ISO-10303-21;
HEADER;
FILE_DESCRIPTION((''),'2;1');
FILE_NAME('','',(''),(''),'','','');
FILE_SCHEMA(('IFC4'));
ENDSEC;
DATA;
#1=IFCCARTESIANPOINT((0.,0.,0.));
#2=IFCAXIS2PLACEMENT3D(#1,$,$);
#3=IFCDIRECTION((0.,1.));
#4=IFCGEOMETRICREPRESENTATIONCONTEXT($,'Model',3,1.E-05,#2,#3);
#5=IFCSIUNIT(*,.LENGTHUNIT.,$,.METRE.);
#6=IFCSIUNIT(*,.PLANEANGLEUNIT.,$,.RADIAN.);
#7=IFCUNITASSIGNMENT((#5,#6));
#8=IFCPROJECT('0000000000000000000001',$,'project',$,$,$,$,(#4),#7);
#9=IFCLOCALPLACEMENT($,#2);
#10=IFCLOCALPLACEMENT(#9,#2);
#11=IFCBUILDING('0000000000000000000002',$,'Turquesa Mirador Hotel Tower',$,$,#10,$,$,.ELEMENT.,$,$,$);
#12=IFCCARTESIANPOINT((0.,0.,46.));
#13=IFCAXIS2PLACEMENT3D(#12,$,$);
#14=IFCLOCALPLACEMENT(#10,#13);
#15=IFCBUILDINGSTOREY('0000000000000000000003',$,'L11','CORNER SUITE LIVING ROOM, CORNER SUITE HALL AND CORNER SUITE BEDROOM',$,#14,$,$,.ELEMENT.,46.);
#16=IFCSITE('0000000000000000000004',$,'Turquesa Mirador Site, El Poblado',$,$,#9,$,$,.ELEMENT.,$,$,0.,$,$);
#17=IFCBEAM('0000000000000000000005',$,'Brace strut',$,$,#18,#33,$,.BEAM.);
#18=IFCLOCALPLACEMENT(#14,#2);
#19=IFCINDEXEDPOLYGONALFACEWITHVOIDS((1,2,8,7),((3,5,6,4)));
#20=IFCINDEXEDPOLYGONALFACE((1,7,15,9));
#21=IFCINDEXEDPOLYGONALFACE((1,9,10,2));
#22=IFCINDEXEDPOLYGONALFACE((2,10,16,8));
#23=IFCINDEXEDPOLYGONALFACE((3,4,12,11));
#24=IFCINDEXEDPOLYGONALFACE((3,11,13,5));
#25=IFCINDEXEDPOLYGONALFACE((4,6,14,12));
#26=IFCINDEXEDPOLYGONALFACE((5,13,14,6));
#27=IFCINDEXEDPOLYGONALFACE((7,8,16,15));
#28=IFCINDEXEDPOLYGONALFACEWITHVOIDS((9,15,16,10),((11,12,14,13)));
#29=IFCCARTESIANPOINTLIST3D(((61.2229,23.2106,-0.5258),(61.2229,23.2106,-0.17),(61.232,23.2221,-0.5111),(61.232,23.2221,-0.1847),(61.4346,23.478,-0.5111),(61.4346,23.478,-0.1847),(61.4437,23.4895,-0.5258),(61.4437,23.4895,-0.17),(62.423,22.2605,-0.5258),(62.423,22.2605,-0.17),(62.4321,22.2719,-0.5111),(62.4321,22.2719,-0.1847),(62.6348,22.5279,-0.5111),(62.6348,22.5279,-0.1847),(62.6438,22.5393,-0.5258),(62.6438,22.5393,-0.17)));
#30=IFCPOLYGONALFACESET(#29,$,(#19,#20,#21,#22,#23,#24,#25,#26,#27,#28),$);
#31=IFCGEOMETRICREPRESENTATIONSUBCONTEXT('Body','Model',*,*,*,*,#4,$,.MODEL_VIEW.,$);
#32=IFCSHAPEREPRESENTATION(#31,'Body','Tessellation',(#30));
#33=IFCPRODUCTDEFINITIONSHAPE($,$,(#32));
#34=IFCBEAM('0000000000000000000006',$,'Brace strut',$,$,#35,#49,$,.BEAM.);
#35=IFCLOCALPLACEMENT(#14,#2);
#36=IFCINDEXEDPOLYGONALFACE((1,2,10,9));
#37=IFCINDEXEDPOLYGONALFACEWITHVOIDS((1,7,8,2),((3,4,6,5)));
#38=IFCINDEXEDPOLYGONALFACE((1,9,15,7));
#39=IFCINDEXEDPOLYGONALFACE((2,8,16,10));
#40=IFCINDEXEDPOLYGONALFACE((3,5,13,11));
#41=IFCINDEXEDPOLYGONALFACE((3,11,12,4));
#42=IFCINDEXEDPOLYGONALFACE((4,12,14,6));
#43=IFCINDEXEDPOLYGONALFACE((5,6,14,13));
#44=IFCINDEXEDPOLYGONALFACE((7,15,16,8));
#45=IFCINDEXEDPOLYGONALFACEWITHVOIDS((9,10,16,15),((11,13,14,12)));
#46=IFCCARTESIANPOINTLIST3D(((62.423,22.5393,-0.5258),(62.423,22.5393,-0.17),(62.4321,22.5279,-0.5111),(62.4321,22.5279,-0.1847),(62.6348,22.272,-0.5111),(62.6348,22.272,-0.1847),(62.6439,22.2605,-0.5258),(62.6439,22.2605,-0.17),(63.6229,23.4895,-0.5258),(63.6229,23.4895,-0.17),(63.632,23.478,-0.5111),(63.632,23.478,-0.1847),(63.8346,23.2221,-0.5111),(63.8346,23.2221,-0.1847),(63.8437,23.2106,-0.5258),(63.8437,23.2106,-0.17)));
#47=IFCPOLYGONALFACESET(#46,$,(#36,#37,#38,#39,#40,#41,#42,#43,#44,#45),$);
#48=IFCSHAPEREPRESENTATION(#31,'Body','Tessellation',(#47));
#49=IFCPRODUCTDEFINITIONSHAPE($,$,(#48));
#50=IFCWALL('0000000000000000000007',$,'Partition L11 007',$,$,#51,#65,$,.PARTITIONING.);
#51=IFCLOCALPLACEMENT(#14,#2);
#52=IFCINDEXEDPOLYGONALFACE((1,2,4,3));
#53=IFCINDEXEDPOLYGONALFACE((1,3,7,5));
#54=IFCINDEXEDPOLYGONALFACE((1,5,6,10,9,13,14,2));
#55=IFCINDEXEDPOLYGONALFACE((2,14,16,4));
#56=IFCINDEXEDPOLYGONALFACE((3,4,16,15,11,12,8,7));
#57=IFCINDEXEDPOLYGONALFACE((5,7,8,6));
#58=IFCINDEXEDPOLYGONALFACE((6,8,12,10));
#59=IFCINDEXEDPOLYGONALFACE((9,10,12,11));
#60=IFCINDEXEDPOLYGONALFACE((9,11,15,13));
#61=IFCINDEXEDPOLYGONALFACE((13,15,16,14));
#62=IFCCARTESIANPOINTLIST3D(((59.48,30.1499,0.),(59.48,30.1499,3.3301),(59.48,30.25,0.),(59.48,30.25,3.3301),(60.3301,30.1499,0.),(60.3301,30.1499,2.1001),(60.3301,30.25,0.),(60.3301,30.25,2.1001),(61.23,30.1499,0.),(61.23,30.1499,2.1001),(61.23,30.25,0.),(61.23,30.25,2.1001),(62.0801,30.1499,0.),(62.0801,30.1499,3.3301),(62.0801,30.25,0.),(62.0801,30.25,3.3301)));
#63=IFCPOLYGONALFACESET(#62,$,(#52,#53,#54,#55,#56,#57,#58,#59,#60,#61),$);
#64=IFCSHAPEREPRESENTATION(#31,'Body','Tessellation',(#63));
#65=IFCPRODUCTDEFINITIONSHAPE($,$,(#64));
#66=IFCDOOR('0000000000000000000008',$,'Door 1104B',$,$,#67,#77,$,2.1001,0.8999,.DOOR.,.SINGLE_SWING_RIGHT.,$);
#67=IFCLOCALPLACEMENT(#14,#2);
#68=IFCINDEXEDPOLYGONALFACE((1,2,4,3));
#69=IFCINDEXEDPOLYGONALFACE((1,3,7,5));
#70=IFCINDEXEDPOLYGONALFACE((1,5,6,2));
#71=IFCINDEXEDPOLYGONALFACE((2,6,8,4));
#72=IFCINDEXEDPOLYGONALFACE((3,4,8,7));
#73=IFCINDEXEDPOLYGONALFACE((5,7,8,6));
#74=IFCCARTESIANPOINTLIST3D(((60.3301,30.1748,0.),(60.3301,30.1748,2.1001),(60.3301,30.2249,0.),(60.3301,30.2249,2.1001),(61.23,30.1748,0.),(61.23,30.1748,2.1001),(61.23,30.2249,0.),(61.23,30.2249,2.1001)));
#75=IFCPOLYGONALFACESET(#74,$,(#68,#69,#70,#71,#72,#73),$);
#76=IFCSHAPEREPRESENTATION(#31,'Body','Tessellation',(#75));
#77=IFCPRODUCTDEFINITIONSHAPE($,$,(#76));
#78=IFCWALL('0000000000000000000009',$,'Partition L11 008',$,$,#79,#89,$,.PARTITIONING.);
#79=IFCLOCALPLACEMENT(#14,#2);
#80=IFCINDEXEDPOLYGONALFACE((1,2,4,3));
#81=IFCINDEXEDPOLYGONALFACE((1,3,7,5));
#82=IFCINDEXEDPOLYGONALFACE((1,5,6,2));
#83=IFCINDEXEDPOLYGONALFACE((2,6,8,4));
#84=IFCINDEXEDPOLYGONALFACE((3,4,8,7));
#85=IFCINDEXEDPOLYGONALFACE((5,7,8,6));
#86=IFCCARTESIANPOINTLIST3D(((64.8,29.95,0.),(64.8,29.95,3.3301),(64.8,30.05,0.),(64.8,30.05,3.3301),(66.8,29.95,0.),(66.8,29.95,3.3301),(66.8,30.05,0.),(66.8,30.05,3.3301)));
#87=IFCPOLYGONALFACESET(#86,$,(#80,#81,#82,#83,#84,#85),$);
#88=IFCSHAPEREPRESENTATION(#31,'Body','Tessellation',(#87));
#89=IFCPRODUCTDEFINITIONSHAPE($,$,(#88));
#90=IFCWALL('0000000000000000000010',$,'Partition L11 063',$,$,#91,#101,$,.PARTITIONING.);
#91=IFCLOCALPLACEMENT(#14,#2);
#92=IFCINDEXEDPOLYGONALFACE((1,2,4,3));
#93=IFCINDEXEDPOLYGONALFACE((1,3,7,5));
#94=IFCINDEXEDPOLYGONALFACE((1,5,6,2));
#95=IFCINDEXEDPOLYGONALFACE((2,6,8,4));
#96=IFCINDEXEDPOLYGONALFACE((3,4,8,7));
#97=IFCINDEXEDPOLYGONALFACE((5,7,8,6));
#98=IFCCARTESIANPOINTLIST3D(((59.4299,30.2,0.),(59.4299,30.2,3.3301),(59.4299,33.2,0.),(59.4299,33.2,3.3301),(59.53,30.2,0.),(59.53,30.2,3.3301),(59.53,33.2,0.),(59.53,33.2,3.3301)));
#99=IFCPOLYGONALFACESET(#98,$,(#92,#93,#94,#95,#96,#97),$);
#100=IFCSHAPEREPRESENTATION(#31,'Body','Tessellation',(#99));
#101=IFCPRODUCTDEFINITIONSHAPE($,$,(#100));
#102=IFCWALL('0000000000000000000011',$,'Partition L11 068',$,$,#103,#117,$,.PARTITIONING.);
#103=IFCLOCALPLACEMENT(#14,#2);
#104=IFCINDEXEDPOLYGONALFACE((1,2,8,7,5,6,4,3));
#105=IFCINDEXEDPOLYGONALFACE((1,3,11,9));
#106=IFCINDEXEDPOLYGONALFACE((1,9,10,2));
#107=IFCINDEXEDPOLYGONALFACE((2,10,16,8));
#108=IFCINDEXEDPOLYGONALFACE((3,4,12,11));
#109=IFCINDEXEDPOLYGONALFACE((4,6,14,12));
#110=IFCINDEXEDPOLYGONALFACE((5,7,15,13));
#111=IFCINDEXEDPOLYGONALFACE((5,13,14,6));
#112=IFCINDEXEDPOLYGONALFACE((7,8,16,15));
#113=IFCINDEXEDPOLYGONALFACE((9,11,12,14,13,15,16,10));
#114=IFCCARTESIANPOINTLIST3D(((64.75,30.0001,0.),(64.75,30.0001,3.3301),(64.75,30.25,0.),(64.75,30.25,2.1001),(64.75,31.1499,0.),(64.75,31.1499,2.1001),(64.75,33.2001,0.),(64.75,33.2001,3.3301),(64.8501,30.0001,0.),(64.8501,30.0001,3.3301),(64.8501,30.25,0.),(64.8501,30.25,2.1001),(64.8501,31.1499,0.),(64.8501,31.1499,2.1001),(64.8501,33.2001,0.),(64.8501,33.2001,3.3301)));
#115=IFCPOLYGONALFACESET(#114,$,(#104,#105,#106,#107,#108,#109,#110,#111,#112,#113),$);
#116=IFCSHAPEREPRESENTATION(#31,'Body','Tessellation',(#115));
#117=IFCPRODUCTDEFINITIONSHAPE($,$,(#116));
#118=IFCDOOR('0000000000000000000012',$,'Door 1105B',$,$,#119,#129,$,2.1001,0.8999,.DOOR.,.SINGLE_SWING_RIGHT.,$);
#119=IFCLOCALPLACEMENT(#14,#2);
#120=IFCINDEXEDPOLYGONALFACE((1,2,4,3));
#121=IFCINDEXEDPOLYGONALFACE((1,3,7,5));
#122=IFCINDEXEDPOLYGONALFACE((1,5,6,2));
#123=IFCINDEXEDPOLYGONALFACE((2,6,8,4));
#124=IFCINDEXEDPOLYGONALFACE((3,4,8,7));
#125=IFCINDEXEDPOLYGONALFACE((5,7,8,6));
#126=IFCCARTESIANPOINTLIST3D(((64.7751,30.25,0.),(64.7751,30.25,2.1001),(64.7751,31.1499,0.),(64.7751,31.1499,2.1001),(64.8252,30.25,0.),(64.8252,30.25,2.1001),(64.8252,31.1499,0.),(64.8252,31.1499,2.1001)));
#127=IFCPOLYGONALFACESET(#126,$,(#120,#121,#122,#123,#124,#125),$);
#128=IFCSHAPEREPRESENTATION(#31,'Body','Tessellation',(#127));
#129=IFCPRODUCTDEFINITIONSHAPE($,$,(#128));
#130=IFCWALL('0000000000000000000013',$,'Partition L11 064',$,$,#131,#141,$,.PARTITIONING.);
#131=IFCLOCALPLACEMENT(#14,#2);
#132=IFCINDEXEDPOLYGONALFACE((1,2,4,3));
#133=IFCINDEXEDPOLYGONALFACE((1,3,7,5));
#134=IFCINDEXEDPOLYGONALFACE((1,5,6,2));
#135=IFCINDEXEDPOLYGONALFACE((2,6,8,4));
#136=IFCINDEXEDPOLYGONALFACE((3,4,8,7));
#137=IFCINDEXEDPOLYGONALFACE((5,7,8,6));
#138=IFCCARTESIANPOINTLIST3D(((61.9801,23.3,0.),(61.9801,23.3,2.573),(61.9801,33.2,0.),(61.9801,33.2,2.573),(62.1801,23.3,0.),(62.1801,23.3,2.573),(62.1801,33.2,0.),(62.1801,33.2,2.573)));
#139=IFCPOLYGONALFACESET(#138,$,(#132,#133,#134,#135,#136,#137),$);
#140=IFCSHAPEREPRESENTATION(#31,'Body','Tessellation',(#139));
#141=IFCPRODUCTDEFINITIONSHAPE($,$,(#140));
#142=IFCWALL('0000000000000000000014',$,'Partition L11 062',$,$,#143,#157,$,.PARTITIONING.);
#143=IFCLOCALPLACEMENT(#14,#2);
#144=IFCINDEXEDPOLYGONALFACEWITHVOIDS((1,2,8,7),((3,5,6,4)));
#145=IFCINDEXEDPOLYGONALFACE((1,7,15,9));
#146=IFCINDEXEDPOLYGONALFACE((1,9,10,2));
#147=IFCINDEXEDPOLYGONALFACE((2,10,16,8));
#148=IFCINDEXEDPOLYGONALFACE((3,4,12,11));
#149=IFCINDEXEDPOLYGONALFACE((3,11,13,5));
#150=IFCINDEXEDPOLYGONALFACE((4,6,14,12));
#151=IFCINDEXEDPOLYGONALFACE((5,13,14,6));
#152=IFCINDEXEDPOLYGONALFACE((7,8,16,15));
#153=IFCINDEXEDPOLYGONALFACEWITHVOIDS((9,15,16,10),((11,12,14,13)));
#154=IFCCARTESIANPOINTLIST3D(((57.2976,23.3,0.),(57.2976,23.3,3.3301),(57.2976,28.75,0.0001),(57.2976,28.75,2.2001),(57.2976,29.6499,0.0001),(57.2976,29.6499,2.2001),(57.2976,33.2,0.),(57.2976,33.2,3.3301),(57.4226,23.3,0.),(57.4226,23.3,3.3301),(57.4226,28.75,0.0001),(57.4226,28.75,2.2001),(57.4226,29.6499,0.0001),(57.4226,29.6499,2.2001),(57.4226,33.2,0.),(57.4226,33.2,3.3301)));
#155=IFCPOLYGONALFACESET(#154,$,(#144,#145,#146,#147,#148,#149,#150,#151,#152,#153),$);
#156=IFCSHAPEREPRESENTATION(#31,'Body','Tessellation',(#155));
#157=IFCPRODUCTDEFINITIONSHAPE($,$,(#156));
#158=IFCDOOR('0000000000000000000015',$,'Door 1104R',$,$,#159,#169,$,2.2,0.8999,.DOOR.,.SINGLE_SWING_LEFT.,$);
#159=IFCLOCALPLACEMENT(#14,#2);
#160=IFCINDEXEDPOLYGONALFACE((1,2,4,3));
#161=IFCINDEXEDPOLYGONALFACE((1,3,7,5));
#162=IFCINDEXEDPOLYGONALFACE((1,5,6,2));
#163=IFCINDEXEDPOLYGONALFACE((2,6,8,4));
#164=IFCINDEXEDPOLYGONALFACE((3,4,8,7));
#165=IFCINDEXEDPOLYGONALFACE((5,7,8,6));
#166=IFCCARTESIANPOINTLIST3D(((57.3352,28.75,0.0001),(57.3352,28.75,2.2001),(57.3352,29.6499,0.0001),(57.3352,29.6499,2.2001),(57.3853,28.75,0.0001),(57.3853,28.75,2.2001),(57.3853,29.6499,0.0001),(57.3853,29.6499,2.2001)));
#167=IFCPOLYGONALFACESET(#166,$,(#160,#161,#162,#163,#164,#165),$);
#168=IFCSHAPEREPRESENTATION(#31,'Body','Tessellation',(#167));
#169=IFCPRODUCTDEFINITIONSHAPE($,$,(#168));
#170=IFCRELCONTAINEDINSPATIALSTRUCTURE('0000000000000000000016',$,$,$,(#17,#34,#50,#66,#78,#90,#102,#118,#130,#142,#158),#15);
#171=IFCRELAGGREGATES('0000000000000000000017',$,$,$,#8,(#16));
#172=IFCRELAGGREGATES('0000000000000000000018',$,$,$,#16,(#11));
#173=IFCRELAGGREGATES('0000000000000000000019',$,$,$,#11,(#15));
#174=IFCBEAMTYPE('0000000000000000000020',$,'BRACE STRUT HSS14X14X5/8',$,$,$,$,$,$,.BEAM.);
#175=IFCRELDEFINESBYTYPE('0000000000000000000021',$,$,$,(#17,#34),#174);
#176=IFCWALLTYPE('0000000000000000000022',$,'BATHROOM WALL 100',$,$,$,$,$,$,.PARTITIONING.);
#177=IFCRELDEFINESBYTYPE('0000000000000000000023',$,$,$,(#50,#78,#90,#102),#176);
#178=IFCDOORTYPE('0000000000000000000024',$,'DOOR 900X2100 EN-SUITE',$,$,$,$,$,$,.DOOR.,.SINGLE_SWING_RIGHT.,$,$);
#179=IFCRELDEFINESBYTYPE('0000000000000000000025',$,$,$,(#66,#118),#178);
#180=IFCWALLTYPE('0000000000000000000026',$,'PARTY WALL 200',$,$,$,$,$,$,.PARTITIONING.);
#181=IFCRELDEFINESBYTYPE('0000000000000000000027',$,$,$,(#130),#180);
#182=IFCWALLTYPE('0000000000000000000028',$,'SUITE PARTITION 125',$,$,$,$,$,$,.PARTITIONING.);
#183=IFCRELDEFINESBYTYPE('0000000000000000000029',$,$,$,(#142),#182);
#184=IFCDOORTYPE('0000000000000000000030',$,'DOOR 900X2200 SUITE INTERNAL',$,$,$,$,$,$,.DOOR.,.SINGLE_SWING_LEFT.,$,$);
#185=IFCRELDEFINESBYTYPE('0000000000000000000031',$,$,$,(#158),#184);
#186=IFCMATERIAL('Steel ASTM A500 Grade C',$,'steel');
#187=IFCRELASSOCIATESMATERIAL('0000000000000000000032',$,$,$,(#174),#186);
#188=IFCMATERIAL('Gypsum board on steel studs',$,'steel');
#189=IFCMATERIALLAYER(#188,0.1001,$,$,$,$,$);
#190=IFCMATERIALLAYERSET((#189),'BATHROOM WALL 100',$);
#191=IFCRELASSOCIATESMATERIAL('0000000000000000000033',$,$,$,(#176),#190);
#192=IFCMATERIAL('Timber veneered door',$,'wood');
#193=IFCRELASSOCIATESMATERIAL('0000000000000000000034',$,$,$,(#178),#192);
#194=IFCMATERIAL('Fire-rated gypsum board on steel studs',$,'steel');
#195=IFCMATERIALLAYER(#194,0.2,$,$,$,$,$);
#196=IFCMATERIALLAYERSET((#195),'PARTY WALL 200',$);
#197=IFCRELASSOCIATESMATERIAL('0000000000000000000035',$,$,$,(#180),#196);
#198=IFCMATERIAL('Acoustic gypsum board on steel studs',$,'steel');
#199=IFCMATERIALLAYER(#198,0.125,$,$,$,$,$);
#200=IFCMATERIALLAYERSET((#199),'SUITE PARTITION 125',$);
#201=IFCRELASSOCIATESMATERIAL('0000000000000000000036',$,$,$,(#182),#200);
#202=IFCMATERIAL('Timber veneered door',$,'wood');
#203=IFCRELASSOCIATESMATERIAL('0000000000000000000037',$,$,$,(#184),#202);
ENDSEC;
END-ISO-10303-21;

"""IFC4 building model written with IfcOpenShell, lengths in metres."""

from ifc_helpers import new_model, si_unit, direction, frame, frame_2d, origin, origin_2d, place, context, subcontext, project, spatial, rectangle, hollow_rectangle, extrude, material, layer, layer_set, material_profile, profile_set, type_object, element, fill, save


model = new_model("IFC4")

# Units and contexts
model_context = context("Model", 3, precision=1e-05, world=origin(), true_north=direction((0.0, 1.0)))
body_context = subcontext(model_context, "Body", "Model", "MODEL_VIEW")
ifc_project = project(units=[si_unit("LENGTHUNIT", "METRE"), si_unit("PLANEANGLEUNIT", "RADIAN")], contexts=[model_context])

# Site, building, storey
site_placement = place(None, origin())
site = spatial("IfcSite", under=ifc_project, at=site_placement, Name="Turquesa Mirador Site, El Poblado", CompositionType="ELEMENT", RefElevation=0.0)
building_placement = place(site_placement, origin())
building = spatial("IfcBuilding", under=site, at=building_placement, Name="Turquesa Mirador Hotel Tower", CompositionType="ELEMENT")
storey_placement = place(building_placement, frame((0.0, 0.0, 46.0)))
storey = spatial("IfcBuildingStorey", under=building, at=storey_placement, Name="L11", Description="CORNER SUITE LIVING ROOM, CORNER SUITE HALL AND CORNER SUITE BEDROOM", CompositionType="ELEMENT", Elevation=46.0)

# Beams
ifc_material_1 = material(Name="Steel ASTM A500 Grade C", Category="steel")
ifc_material_profile_1 = material_profile(ifc_material_1, hollow_rectangle(XDim=0.3557, YDim=0.3557, WallThickness=0.0146, at=origin_2d()), Name="HSS14X14X5/8")
ifc_profile_set_1 = profile_set([ifc_material_profile_1], Name="Steel ASTM A500 Grade C")
beam_type_1 = type_object("IfcBeamType", Name="BRACE STRUT HSS14X14X5/8", PredefinedType="BEAM", material=ifc_profile_set_1)
beam_1_placement = place(storey_placement, frame((62.5334, 22.3999, -0.3479), z_axis=(-0.784033, 0.620719, 0.0), x_axis=(-0.620719, -0.784033, 0.0)))
element("IfcBeam", 1, at=beam_1_placement, inside=storey, type_object=beam_type_1, Name="Brace strut", PredefinedType="BEAM", context=body_context, shape_type="SweptSolid", body=[
    extrude(hollow_rectangle(XDim=0.3557, YDim=0.3557, WallThickness=0.0146, at=origin_2d()), origin(), (0.0, 0.0, 1.0), 1.5308),
])
beam_2_placement = place(storey_placement, frame((62.5334, 22.3999, -0.3479), z_axis=(0.783971, 0.620797, 0.0), x_axis=(-0.620797, 0.783971, 0.0)))
element("IfcBeam", 2, at=beam_2_placement, inside=storey, type_object=beam_type_1, Name="Brace strut", PredefinedType="BEAM", context=body_context, shape_type="SweptSolid", body=[
    extrude(hollow_rectangle(XDim=0.3557, YDim=0.3557, WallThickness=0.0146, at=origin_2d()), origin(), (0.0, 0.0, 1.0), 1.5305),
])

# Wall, opening, door
ifc_material_2 = material(Name="Gypsum board on steel studs", Category="steel")
ifc_layer_1 = layer(ifc_material_2, 0.1001)
ifc_layer_set_1 = layer_set([ifc_layer_1], Name="BATHROOM WALL 100")
wall_type_1 = type_object("IfcWallType", Name="BATHROOM WALL 100", PredefinedType="PARTITIONING", material=ifc_layer_set_1)
wall_1_placement = place(storey_placement, frame((59.48, 30.2, 0.0), z_axis=(0.0, 0.0, 1.0), x_axis=(1.0, 0.0, 0.0)))
wall_1 = element("IfcWall", 3, at=wall_1_placement, inside=storey, type_object=wall_type_1, Name="Partition L11 007", PredefinedType="PARTITIONING", context=body_context, shape_type="SweptSolid", body=[
    extrude(rectangle(XDim=2.6001, YDim=0.1001, at=frame_2d((1.3, 0.0))), origin(), (0.0, 0.0, 1.0), 3.3301),
])
opening_1_placement = place(wall_1_placement, frame((0.8501, 0.0, 0.0)))
opening_1 = element("IfcOpeningElement", 4, at=opening_1_placement, cuts=wall_1, PredefinedType="OPENING", context=body_context, shape_type="SweptSolid", body=[
    extrude(rectangle(XDim=0.8999, YDim=2.1001, at=frame_2d((0.45, 1.05))), frame((0.0, 0.0601, 0.0), z_axis=(0.0, -1.0, 0.0), x_axis=(1.0, 0.0, 0.0)), (0.0, 0.0, 1.0), 0.1201),
])
ifc_material_3 = material(Name="Timber veneered door", Category="wood")
door_type_1 = type_object("IfcDoorType", Name="DOOR 900X2100 EN-SUITE", OperationType="SINGLE_SWING_RIGHT", PredefinedType="DOOR", material=ifc_material_3)
door_1_placement = place(opening_1_placement, origin())
door_1 = element("IfcDoor", 5, at=door_1_placement, inside=storey, type_object=door_type_1, Name="Door 1104B", OperationType="SINGLE_SWING_RIGHT", OverallHeight=2.1001, OverallWidth=0.8999, PredefinedType="DOOR", context=body_context, shape_type="SweptSolid", body=[
    extrude(rectangle(XDim=0.8999, YDim=2.1001, at=frame_2d((0.45, 1.05))), frame((0.0, 0.0249, 0.0), z_axis=(0.0, -1.0, 0.0), x_axis=(1.0, 0.0, 0.0)), (0.0, 0.0, 1.0), 0.05),
])
fill(opening_1, door_1)

# Walls
wall_2_placement = place(storey_placement, frame((64.8, 30.0, 0.0), z_axis=(0.0, 0.0, 1.0), x_axis=(1.0, 0.0, 0.0)))
element("IfcWall", 6, at=wall_2_placement, inside=storey, type_object=wall_type_1, Name="Partition L11 008", PredefinedType="PARTITIONING", context=body_context, shape_type="SweptSolid", body=[
    extrude(rectangle(XDim=2.0, YDim=0.1001, at=frame_2d((1.0, 0.0))), origin(), (0.0, 0.0, 1.0), 3.3301),
])
wall_3_placement = place(storey_placement, frame((59.48, 30.2, 0.0), z_axis=(0.0, 0.0, 1.0), x_axis=(0.0, 1.0, 0.0)))
element("IfcWall", 7, at=wall_3_placement, inside=storey, type_object=wall_type_1, Name="Partition L11 063", PredefinedType="PARTITIONING", context=body_context, shape_type="SweptSolid", body=[
    extrude(rectangle(XDim=3.0, YDim=0.1001, at=frame_2d((1.5, 0.0))), origin(), (0.0, 0.0, 1.0), 3.3301),
])

# Wall, opening, door
wall_4_placement = place(storey_placement, frame((64.8, 30.0, 0.0), z_axis=(0.0, 0.0, 1.0), x_axis=(0.0, 1.0, 0.0)))
wall_4 = element("IfcWall", 8, at=wall_4_placement, inside=storey, type_object=wall_type_1, Name="Partition L11 068", PredefinedType="PARTITIONING", context=body_context, shape_type="SweptSolid", body=[
    extrude(rectangle(XDim=3.2, YDim=0.1001, at=frame_2d((1.6001, 0.0))), origin(), (0.0, 0.0, 1.0), 3.3301),
])
opening_2_placement = place(wall_4_placement, frame((0.25, 0.0, 0.0)))
opening_2 = element("IfcOpeningElement", 9, at=opening_2_placement, cuts=wall_4, PredefinedType="OPENING", context=body_context, shape_type="SweptSolid", body=[
    extrude(rectangle(XDim=0.8999, YDim=2.1001, at=frame_2d((0.45, 1.05))), frame((0.0, 0.0601, 0.0), z_axis=(0.0, -1.0, 0.0), x_axis=(1.0, 0.0, 0.0)), (0.0, 0.0, 1.0), 0.1201),
])
door_2_placement = place(opening_2_placement, origin())
door_2 = element("IfcDoor", 10, at=door_2_placement, inside=storey, type_object=door_type_1, Name="Door 1105B", OperationType="SINGLE_SWING_RIGHT", OverallHeight=2.1001, OverallWidth=0.8999, PredefinedType="DOOR", context=body_context, shape_type="SweptSolid", body=[
    extrude(rectangle(XDim=0.8999, YDim=2.1001, at=frame_2d((0.45, 1.05))), frame((0.0, 0.0249, 0.0), z_axis=(0.0, -1.0, 0.0), x_axis=(1.0, 0.0, 0.0)), (0.0, 0.0, 1.0), 0.05),
])
fill(opening_2, door_2)

# Wall
ifc_material_4 = material(Name="Fire-rated gypsum board on steel studs", Category="steel")
ifc_layer_2 = layer(ifc_material_4, 0.2)
ifc_layer_set_2 = layer_set([ifc_layer_2], Name="PARTY WALL 200")
wall_type_2 = type_object("IfcWallType", Name="PARTY WALL 200", PredefinedType="PARTITIONING", material=ifc_layer_set_2)
wall_5_placement = place(storey_placement, frame((62.0801, 23.3, 0.0), z_axis=(0.0, 0.0, 1.0), x_axis=(0.0, 1.0, 0.0)))
element("IfcWall", 11, at=wall_5_placement, inside=storey, type_object=wall_type_2, Name="Partition L11 064", PredefinedType="PARTITIONING", context=body_context, shape_type="SweptSolid", body=[
    extrude(rectangle(XDim=9.8999, YDim=0.2, at=frame_2d((4.95, 0.0))), origin(), (0.0, 0.0, 1.0), 2.573),
])

# Wall, opening, door
ifc_material_5 = material(Name="Acoustic gypsum board on steel studs", Category="steel")
ifc_layer_3 = layer(ifc_material_5, 0.125)
ifc_layer_set_3 = layer_set([ifc_layer_3], Name="SUITE PARTITION 125")
wall_type_3 = type_object("IfcWallType", Name="SUITE PARTITION 125", PredefinedType="PARTITIONING", material=ifc_layer_set_3)
wall_6_placement = place(storey_placement, frame((57.3601, 23.3, 0.0), z_axis=(0.0, 0.0, 1.0), x_axis=(0.0, 1.0, 0.0)))
wall_6 = element("IfcWall", 12, at=wall_6_placement, inside=storey, type_object=wall_type_3, Name="Partition L11 062", PredefinedType="PARTITIONING", context=body_context, shape_type="SweptSolid", body=[
    extrude(rectangle(XDim=9.8999, YDim=0.125, at=frame_2d((4.95, 0.0))), origin(), (0.0, 0.0, 1.0), 3.3301),
])
opening_3_placement = place(wall_6_placement, frame((5.45, 0.0, 0.0)))
opening_3 = element("IfcOpeningElement", 13, at=opening_3_placement, cuts=wall_6, PredefinedType="OPENING", context=body_context, shape_type="SweptSolid", body=[
    extrude(rectangle(XDim=0.8999, YDim=2.2, at=frame_2d((0.45, 1.1001))), frame((0.0, 0.0725, 0.0), z_axis=(0.0, -1.0, 0.0), x_axis=(1.0, 0.0, 0.0)), (0.0, 0.0, 1.0), 0.145),
])
ifc_material_6 = material(Name="Timber veneered door", Category="wood")
door_type_2 = type_object("IfcDoorType", Name="DOOR 900X2200 SUITE INTERNAL", OperationType="SINGLE_SWING_LEFT", PredefinedType="DOOR", material=ifc_material_6)
door_3_placement = place(opening_3_placement, origin())
door_3 = element("IfcDoor", 14, at=door_3_placement, inside=storey, type_object=door_type_2, Name="Door 1104R", OperationType="SINGLE_SWING_LEFT", OverallHeight=2.2, OverallWidth=0.8999, PredefinedType="DOOR", context=body_context, shape_type="SweptSolid", body=[
    extrude(rectangle(XDim=0.8999, YDim=2.2, at=frame_2d((0.45, 1.1001))), frame((0.0, 0.0249, 0.0), z_axis=(0.0, -1.0, 0.0), x_axis=(1.0, 0.0, 0.0)), (0.0, 0.0, 1.0), 0.05),
])
fill(opening_3, door_3)

save(model, "model.ifc")
